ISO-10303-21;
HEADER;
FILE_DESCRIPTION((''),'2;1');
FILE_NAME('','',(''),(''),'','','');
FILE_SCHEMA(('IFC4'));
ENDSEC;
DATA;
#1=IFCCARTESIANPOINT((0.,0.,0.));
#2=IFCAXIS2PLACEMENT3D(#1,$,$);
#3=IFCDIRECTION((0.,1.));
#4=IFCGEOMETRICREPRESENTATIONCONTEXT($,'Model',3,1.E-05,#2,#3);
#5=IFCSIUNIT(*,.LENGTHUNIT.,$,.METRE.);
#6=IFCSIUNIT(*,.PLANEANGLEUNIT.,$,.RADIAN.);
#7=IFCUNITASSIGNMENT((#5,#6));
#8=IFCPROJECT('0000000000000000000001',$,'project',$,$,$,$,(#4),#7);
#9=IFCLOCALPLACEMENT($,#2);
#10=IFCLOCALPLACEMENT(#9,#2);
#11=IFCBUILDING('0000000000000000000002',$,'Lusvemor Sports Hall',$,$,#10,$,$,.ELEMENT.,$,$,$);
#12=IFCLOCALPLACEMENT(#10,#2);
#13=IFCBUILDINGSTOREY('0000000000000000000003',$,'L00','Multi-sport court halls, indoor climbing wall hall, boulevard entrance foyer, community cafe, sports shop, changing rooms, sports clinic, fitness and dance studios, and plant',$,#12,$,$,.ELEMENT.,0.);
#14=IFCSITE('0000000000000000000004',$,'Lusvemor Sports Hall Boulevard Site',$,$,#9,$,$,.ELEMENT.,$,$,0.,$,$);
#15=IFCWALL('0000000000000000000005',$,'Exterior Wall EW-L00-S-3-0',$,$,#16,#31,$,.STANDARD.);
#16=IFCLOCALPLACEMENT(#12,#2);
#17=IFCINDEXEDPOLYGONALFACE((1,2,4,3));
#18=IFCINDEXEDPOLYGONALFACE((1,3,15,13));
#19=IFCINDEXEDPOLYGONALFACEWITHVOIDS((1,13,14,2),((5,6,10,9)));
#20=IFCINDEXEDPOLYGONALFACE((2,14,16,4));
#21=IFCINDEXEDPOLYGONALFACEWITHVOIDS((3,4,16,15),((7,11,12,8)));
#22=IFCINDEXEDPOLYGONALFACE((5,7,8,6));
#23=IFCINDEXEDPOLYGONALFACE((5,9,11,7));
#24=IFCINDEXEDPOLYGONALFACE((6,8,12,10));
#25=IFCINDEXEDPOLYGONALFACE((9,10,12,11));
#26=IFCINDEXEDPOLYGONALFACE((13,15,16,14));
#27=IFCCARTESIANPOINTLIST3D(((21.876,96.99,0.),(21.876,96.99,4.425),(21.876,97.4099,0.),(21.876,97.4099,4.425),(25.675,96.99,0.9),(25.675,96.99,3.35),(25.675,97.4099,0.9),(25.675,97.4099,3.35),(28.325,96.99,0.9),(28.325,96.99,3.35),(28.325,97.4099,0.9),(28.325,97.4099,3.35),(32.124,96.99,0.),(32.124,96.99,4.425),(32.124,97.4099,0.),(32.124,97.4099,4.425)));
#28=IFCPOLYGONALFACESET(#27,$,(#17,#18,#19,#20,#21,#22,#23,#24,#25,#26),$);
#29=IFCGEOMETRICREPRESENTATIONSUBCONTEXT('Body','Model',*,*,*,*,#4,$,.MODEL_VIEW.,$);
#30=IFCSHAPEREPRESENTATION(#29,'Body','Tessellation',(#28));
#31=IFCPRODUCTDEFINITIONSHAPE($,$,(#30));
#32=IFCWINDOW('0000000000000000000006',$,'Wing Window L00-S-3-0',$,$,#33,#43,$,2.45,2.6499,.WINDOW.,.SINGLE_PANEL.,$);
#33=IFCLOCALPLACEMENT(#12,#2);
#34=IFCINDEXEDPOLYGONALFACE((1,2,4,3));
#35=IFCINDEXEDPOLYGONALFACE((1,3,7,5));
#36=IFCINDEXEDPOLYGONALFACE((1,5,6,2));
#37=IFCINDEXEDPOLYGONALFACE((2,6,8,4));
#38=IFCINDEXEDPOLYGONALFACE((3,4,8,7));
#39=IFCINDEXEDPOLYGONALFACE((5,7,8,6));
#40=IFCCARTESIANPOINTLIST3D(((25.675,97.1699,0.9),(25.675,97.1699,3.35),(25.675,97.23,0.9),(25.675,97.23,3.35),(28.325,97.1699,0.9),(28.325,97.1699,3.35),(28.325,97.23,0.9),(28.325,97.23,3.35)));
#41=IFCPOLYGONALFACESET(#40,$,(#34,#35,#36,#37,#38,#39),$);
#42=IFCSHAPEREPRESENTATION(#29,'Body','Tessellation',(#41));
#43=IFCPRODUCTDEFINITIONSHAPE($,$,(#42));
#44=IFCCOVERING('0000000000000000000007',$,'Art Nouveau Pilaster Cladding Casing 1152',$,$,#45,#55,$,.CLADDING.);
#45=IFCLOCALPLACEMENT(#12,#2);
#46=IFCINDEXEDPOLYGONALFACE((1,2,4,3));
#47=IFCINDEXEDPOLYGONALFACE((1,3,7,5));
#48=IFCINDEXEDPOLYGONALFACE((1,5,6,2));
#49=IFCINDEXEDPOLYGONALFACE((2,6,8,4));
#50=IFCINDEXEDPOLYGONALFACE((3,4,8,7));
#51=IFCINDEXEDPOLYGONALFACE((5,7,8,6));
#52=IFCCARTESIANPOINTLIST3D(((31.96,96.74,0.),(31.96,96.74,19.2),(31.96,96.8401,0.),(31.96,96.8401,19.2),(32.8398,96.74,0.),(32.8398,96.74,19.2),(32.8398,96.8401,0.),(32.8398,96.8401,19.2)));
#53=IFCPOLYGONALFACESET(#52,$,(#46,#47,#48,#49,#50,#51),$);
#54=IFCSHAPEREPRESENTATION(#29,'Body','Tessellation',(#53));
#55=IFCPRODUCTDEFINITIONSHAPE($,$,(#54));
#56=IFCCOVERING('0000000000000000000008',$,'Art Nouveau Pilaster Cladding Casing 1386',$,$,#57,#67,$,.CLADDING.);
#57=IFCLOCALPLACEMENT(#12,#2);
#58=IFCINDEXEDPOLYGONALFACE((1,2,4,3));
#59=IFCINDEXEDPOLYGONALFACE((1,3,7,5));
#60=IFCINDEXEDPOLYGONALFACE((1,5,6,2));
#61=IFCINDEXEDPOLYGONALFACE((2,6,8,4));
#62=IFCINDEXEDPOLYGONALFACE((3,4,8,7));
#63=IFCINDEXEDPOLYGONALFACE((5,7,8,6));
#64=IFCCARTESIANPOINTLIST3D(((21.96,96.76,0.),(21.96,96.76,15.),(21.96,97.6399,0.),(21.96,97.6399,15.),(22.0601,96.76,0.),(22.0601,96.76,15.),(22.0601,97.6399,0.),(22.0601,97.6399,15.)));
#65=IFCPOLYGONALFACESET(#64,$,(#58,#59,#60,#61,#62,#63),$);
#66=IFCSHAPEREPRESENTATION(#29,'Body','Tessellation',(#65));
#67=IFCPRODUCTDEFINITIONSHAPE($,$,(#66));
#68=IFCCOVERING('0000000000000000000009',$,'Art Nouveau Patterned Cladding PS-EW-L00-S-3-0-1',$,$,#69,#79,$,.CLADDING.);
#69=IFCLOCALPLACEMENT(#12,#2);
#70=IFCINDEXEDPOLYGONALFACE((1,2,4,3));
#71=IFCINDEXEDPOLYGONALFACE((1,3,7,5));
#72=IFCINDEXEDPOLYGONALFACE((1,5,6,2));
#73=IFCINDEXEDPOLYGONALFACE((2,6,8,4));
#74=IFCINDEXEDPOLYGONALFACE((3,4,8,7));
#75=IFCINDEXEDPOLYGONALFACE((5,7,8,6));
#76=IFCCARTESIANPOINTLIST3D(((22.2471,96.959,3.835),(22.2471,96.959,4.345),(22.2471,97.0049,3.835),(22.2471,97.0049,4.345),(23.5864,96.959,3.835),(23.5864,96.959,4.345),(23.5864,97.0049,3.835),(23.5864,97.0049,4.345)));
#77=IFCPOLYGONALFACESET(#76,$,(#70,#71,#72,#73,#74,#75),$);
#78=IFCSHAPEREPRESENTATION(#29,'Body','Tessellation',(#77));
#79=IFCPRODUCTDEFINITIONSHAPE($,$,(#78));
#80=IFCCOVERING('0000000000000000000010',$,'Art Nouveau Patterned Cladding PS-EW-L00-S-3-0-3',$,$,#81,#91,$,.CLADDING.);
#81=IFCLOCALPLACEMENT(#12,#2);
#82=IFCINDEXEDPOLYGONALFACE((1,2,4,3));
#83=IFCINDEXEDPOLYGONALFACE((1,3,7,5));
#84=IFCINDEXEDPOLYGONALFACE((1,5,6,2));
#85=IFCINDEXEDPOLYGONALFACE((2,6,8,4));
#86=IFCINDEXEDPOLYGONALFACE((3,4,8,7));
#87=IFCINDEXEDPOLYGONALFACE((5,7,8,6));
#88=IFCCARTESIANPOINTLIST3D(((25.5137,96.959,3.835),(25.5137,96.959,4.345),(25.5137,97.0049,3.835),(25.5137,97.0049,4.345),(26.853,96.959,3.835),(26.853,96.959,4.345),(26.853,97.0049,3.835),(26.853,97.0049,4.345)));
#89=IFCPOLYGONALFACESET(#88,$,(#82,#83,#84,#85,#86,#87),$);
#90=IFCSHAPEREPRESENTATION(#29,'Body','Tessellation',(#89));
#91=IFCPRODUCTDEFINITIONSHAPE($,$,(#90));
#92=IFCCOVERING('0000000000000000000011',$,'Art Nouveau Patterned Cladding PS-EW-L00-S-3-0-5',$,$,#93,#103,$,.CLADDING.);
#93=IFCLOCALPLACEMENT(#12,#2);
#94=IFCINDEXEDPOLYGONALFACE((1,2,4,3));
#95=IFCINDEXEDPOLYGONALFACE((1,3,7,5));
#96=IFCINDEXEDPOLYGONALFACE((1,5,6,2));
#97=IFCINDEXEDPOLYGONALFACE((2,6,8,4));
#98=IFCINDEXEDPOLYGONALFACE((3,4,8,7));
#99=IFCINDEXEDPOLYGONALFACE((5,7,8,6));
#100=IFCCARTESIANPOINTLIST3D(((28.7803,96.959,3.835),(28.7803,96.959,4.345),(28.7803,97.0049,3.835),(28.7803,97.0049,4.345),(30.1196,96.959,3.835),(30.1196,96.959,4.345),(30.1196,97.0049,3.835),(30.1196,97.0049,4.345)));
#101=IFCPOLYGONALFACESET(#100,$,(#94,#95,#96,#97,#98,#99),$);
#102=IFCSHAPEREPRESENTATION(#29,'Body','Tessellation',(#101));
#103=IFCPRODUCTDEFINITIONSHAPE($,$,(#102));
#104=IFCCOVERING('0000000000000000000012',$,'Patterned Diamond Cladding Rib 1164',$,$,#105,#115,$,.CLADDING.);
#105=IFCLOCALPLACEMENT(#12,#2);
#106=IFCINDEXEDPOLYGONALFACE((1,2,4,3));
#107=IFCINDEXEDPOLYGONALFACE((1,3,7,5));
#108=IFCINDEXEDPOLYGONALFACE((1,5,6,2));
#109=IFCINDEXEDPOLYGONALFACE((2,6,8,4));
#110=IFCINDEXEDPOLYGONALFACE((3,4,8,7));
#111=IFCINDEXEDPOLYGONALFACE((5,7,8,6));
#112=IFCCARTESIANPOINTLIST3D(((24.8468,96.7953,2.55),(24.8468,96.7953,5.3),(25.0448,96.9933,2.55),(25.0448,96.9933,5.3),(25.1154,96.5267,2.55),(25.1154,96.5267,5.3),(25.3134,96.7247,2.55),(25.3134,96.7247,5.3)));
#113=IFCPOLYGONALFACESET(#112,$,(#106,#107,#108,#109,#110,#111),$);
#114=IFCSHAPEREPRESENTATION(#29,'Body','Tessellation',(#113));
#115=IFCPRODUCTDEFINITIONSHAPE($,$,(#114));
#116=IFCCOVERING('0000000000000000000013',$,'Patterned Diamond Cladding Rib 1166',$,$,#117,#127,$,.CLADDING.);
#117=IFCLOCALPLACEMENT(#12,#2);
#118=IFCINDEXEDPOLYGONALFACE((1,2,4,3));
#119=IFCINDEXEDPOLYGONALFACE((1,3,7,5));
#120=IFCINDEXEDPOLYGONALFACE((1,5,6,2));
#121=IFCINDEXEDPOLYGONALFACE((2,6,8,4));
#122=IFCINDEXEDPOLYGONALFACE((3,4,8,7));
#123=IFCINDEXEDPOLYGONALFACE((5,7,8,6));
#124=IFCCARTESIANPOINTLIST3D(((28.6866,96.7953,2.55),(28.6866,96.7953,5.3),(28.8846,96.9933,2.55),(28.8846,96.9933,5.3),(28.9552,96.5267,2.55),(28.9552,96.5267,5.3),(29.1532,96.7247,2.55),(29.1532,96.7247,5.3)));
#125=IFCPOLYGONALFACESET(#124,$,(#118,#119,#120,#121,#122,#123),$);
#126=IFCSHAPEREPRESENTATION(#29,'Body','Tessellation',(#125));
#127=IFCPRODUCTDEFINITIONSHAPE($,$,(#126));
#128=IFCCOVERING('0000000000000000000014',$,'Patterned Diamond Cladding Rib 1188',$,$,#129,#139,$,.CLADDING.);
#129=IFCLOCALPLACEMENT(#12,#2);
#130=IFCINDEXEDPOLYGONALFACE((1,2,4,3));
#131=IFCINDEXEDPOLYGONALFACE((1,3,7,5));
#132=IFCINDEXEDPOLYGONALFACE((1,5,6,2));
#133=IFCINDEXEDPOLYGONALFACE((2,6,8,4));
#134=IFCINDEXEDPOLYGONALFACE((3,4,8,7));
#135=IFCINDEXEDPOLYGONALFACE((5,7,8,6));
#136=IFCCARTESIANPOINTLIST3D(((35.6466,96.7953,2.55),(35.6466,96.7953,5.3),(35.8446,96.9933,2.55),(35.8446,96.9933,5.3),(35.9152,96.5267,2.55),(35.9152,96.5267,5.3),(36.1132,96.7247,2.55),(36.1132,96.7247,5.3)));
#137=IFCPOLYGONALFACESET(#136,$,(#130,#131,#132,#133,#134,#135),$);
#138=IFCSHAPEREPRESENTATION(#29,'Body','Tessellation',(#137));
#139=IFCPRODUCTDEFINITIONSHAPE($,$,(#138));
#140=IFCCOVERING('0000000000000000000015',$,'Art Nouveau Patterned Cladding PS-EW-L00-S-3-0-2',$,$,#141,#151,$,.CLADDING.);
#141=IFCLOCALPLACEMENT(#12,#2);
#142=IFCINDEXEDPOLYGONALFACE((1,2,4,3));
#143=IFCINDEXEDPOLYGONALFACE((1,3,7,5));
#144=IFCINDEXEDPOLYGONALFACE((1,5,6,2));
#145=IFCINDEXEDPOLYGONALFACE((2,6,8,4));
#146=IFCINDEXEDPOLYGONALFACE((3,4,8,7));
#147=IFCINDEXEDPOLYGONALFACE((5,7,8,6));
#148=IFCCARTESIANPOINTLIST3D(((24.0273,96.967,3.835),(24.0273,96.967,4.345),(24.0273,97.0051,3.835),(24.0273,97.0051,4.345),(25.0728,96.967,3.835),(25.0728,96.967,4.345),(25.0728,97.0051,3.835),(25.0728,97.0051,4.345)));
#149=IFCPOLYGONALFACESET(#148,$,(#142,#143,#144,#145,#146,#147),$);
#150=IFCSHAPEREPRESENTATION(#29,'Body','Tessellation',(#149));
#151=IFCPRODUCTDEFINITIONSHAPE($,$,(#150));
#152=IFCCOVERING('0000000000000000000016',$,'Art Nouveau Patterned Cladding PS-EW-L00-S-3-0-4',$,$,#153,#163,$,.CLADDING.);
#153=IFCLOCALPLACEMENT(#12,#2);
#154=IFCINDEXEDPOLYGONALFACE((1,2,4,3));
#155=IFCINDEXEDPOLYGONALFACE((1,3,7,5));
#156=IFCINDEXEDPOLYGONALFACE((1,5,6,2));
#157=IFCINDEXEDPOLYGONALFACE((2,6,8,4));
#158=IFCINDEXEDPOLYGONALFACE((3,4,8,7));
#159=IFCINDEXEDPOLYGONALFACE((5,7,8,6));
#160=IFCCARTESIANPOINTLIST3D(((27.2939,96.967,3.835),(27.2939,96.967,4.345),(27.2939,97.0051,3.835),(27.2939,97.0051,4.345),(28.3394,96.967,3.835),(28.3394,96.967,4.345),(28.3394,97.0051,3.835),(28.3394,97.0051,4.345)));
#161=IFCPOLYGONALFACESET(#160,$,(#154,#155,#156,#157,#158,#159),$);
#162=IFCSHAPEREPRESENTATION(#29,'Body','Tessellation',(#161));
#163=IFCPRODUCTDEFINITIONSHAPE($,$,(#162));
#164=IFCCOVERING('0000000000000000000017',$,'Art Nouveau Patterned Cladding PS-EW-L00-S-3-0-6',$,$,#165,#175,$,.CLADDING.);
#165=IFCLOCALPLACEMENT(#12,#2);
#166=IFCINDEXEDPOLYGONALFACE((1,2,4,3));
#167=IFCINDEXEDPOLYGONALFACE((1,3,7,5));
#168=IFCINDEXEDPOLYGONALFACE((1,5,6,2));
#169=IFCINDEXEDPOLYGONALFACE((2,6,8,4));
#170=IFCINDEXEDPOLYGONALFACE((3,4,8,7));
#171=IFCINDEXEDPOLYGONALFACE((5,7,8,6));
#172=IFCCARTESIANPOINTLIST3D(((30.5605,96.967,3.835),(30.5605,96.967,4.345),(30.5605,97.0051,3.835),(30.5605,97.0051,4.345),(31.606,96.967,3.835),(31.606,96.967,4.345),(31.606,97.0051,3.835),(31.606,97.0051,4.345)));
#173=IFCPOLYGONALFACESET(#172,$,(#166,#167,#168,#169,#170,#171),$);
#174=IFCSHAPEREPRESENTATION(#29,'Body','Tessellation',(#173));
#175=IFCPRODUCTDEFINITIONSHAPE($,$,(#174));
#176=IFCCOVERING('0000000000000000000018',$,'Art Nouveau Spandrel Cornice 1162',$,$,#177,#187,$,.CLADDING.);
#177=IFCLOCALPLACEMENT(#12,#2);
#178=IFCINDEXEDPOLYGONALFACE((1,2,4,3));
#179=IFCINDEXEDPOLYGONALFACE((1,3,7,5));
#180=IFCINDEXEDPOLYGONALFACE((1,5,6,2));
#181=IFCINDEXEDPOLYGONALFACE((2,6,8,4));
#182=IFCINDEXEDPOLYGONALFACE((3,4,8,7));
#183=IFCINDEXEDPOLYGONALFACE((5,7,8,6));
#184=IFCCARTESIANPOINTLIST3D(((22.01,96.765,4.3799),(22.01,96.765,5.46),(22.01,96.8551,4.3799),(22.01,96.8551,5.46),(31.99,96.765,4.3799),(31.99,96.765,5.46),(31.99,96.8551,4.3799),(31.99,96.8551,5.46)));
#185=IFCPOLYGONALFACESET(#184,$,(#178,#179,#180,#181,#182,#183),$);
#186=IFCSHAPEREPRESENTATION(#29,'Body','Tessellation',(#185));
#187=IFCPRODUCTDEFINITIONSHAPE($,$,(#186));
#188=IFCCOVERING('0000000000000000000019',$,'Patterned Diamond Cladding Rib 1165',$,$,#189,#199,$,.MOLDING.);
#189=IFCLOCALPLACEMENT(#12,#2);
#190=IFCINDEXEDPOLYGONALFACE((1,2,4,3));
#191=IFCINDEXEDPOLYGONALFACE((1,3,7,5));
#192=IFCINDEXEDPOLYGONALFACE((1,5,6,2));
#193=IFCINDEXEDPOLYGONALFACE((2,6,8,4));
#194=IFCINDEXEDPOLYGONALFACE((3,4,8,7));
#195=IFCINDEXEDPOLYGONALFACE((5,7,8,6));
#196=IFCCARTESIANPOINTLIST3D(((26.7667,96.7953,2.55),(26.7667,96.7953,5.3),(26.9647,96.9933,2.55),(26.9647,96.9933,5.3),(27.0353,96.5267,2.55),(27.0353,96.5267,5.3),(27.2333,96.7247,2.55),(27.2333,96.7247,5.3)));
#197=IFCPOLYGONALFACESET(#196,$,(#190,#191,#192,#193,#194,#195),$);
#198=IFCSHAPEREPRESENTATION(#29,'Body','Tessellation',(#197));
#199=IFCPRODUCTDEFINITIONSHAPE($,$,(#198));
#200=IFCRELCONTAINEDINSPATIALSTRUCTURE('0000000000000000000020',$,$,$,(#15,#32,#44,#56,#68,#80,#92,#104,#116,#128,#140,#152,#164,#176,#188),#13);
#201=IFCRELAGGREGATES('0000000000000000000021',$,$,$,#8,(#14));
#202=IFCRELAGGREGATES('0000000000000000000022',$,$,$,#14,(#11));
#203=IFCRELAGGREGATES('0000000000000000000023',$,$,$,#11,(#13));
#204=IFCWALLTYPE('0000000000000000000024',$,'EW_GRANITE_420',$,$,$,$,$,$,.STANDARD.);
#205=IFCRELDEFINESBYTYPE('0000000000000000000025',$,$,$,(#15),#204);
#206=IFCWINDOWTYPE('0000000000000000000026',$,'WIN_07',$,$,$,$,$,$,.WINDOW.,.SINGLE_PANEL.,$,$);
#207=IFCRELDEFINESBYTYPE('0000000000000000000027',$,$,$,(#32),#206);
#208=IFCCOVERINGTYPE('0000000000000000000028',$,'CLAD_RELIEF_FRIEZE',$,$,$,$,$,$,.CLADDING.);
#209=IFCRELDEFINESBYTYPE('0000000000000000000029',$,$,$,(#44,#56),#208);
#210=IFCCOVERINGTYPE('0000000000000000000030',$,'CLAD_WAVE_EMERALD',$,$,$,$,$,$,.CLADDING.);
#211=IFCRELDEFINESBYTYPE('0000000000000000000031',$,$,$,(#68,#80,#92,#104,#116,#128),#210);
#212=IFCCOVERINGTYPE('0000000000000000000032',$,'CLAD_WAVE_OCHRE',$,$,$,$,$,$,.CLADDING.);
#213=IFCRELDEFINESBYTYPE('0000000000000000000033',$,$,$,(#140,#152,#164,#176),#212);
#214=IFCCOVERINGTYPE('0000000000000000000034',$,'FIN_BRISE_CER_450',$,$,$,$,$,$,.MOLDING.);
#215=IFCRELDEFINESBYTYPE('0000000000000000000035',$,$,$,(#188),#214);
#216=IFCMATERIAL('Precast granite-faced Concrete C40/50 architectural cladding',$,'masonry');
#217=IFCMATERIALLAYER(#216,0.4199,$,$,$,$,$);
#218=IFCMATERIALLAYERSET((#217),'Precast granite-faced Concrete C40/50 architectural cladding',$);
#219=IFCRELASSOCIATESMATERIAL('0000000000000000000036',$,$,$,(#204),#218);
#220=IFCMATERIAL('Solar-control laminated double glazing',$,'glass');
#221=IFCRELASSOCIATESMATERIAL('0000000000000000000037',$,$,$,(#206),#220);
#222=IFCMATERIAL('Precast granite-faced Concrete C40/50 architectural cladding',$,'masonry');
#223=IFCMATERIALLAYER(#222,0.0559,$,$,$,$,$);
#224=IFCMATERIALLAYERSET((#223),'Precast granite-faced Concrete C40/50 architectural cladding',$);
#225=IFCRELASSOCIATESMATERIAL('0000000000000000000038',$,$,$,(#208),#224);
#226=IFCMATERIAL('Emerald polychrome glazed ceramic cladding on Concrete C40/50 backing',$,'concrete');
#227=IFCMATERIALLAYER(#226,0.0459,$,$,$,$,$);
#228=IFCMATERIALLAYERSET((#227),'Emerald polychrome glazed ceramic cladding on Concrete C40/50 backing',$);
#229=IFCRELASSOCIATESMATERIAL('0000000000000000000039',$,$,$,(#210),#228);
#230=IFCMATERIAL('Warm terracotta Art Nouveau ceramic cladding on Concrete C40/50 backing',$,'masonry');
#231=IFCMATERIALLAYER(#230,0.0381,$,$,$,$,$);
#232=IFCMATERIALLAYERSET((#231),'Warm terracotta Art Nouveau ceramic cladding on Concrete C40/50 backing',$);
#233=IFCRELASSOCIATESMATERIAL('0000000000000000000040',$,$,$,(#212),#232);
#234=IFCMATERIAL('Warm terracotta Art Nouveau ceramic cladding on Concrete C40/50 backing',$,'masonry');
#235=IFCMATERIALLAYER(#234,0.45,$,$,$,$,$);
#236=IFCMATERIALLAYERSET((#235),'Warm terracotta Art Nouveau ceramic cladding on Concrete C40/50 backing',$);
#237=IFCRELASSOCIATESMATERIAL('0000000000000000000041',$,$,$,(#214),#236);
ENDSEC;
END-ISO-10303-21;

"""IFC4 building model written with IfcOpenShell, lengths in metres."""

from ifc_helpers import new_model, si_unit, direction, frame, frame_2d, origin, origin_2d, place, context, subcontext, project, spatial, rectangle, extrude, material, layer, layer_set, type_object, element, fill, save


model = new_model("IFC4")

# Units and contexts
model_context = context("Model", 3, precision=1e-05, world=origin(), true_north=direction((0.0, 1.0)))
body_context = subcontext(model_context, "Body", "Model", "MODEL_VIEW")
ifc_project = project(units=[si_unit("LENGTHUNIT", "METRE"), si_unit("PLANEANGLEUNIT", "RADIAN")], contexts=[model_context])

# Site, building, storey
site_placement = place(None, origin())
site = spatial("IfcSite", under=ifc_project, at=site_placement, Name="Lusvemor Sports Hall Boulevard Site", CompositionType="ELEMENT", RefElevation=0.0)
building_placement = place(site_placement, origin())
building = spatial("IfcBuilding", under=site, at=building_placement, Name="Lusvemor Sports Hall", CompositionType="ELEMENT")
storey_placement = place(building_placement, origin())
storey = spatial("IfcBuildingStorey", under=building, at=storey_placement, Name="L00", Description="Multi-sport court halls, indoor climbing wall hall, boulevard entrance foyer, community cafe, sports shop, changing rooms, sports clinic, fitness and dance studios, and plant", CompositionType="ELEMENT", Elevation=0.0)

# Wall, opening, window
ifc_material_1 = material(Name="Precast granite-faced Concrete C40/50 architectural cladding", Category="masonry")
ifc_layer_1 = layer(ifc_material_1, 0.4199)
ifc_layer_set_1 = layer_set([ifc_layer_1], Name="Precast granite-faced Concrete C40/50 architectural cladding")
wall_type = type_object("IfcWallType", Name="EW_GRANITE_420", PredefinedType="STANDARD", material=ifc_layer_set_1)
wall_placement = place(storey_placement, frame((32.124, 97.2, 0.0), z_axis=(0.0, 0.0, 1.0), x_axis=(-1.0, 0.0, 0.0)))
wall = element("IfcWall", 1, at=wall_placement, inside=storey, type_object=wall_type, Name="Exterior Wall EW-L00-S-3-0", PredefinedType="STANDARD", context=body_context, shape_type="SweptSolid", body=[
    extrude(rectangle(XDim=10.248, YDim=0.4199, at=frame_2d((5.124, 0.0))), origin(), (0.0, 0.0, 1.0), 4.425),
])
opening_placement = place(wall_placement, frame((3.7991, 0.0, 0.8999)))
opening = element("IfcOpeningElement", 2, at=opening_placement, cuts=wall, PredefinedType="OPENING", context=body_context, shape_type="SweptSolid", body=[
    extrude(rectangle(XDim=2.6499, YDim=2.45, at=frame_2d((1.325, 1.2251))), frame((0.0, 0.21, 0.0), z_axis=(0.0, -1.0, 0.0), x_axis=(1.0, 0.0, 0.0)), (0.0, 0.0, 1.0), 0.4199),
])
ifc_material_2 = material(Name="Solar-control laminated double glazing", Category="glass")
window_type = type_object("IfcWindowType", Name="WIN_07", PartitioningType="SINGLE_PANEL", PredefinedType="WINDOW", material=ifc_material_2)
window_placement = place(opening_placement, origin())
window = element("IfcWindow", 3, at=window_placement, inside=storey, type_object=window_type, Name="Wing Window L00-S-3-0", OverallHeight=2.45, OverallWidth=2.6499, PartitioningType="SINGLE_PANEL", PredefinedType="WINDOW", context=body_context, shape_type="SweptSolid", body=[
    extrude(rectangle(XDim=2.6499, YDim=2.45, at=frame_2d((1.325, 1.2251))), frame((0.0, 0.03, 0.0), z_axis=(0.0, -1.0, 0.0), x_axis=(1.0, 0.0, 0.0)), (0.0, 0.0, 1.0), 0.0601),
])
fill(opening, window)

# Coverings
ifc_material_3 = material(Name="Precast granite-faced Concrete C40/50 architectural cladding", Category="masonry")
ifc_layer_2 = layer(ifc_material_3, 0.0559)
ifc_layer_set_2 = layer_set([ifc_layer_2], Name="Precast granite-faced Concrete C40/50 architectural cladding")
covering_type_1 = type_object("IfcCoveringType", Name="CLAD_RELIEF_FRIEZE", PredefinedType="CLADDING", material=ifc_layer_set_2)
covering_1_placement = place(storey_placement, frame((32.3999, 96.79, 0.0), z_axis=(0.0, 0.0, 1.0), x_axis=(1.0, 0.0, 0.0)))
element("IfcCovering", 4, at=covering_1_placement, inside=storey, type_object=covering_type_1, Name="Art Nouveau Pilaster Cladding Casing 1152", PredefinedType="CLADDING", context=body_context, shape_type="SweptSolid", body=[
    extrude(rectangle(XDim=0.8799, YDim=0.1001, at=origin_2d()), origin(), (0.0, 0.0, 1.0), 19.2),
])
covering_2_placement = place(storey_placement, frame((22.01, 97.2, 0.0), z_axis=(0.0, 0.0, 1.0), x_axis=(1.0, 0.0, 0.0)))
element("IfcCovering", 5, at=covering_2_placement, inside=storey, type_object=covering_type_1, Name="Art Nouveau Pilaster Cladding Casing 1386", PredefinedType="CLADDING", context=body_context, shape_type="SweptSolid", body=[
    extrude(rectangle(XDim=0.1001, YDim=0.8799, at=origin_2d()), origin(), (0.0, 0.0, 1.0), 15.0),
])
ifc_material_4 = material(Name="Emerald polychrome glazed ceramic cladding on Concrete C40/50 backing", Category="concrete")
ifc_layer_3 = layer(ifc_material_4, 0.0459)
ifc_layer_set_3 = layer_set([ifc_layer_3], Name="Emerald polychrome glazed ceramic cladding on Concrete C40/50 backing")
covering_type_2 = type_object("IfcCoveringType", Name="CLAD_WAVE_EMERALD", PredefinedType="CLADDING", material=ifc_layer_set_3)
for number, where, z_axis, x_axis, name in (
    (6, (22.9167, 96.9819, 3.835), (0.0, 0.0, 1.0), (1.0, 0.0, 0.0), "Art Nouveau Patterned Cladding PS-EW-L00-S-3-0-1"),
    (7, (26.1833, 96.9819, 3.835), (0.0, 0.0, 1.0), (1.0, 0.0, 0.0), "Art Nouveau Patterned Cladding PS-EW-L00-S-3-0-3"),
    (8, (29.45, 96.9819, 3.835), (0.0, 0.0, 1.0), (1.0, 0.0, 0.0), "Art Nouveau Patterned Cladding PS-EW-L00-S-3-0-5"),
):
    element("IfcCovering", number, at=place(storey_placement, frame(where, z_axis=z_axis, x_axis=x_axis)), inside=storey, type_object=covering_type_2, Name=name, PredefinedType="CLADDING", context=body_context, shape_type="SweptSolid", body=[
        extrude(rectangle(XDim=1.3394, YDim=0.0459, at=origin_2d()), origin(), (0.0, 0.0, 1.0), 0.51),
    ])
for number, where, z_axis, x_axis, name in (
    (9, (25.0801, 96.76, 2.55), (0.0, 0.0, 1.0), (0.707107, 0.707107, 0.0), "Patterned Diamond Cladding Rib 1164"),
    (10, (28.9199, 96.76, 2.55), (0.0, 0.0, 1.0), (0.707107, 0.707107, 0.0), "Patterned Diamond Cladding Rib 1166"),
    (11, (35.8799, 96.76, 2.55), (0.0, 0.0, 1.0), (0.707107, 0.707107, 0.0), "Patterned Diamond Cladding Rib 1188"),
):
    element("IfcCovering", number, at=place(storey_placement, frame(where, z_axis=z_axis, x_axis=x_axis)), inside=storey, type_object=covering_type_2, Name=name, PredefinedType="CLADDING", context=body_context, shape_type="SweptSolid", body=[
        extrude(rectangle(XDim=0.28, YDim=0.3799, at=origin_2d()), origin(), (0.0, 0.0, 1.0), 2.75),
    ])
ifc_material_5 = material(Name="Warm terracotta Art Nouveau ceramic cladding on Concrete C40/50 backing", Category="masonry")
ifc_layer_4 = layer(ifc_material_5, 0.0381)
ifc_layer_set_4 = layer_set([ifc_layer_4], Name="Warm terracotta Art Nouveau ceramic cladding on Concrete C40/50 backing")
covering_type_3 = type_object("IfcCoveringType", Name="CLAD_WAVE_OCHRE", PredefinedType="CLADDING", material=ifc_layer_set_4)
for number, where, z_axis, x_axis, name in (
    (12, (24.55, 96.9861, 3.835), (0.0, 0.0, 1.0), (1.0, 0.0, 0.0), "Art Nouveau Patterned Cladding PS-EW-L00-S-3-0-2"),
    (13, (27.8167, 96.9861, 3.835), (0.0, 0.0, 1.0), (1.0, 0.0, 0.0), "Art Nouveau Patterned Cladding PS-EW-L00-S-3-0-4"),
    (14, (31.0833, 96.9861, 3.835), (0.0, 0.0, 1.0), (1.0, 0.0, 0.0), "Art Nouveau Patterned Cladding PS-EW-L00-S-3-0-6"),
):
    element("IfcCovering", number, at=place(storey_placement, frame(where, z_axis=z_axis, x_axis=x_axis)), inside=storey, type_object=covering_type_3, Name=name, PredefinedType="CLADDING", context=body_context, shape_type="SweptSolid", body=[
        extrude(rectangle(XDim=1.0454, YDim=0.0381, at=origin_2d()), origin(), (0.0, 0.0, 1.0), 0.51),
    ])
covering_3_placement = place(storey_placement, frame((27.0, 96.8101, 4.3799), z_axis=(0.0, 0.0, 1.0), x_axis=(1.0, 0.0, 0.0)))
element("IfcCovering", 15, at=covering_3_placement, inside=storey, type_object=covering_type_3, Name="Art Nouveau Spandrel Cornice 1162", PredefinedType="CLADDING", context=body_context, shape_type="SweptSolid", body=[
    extrude(rectangle(XDim=9.98, YDim=0.0901, at=origin_2d()), origin(), (0.0, 0.0, 1.0), 1.0801),
])
ifc_material_6 = material(Name="Warm terracotta Art Nouveau ceramic cladding on Concrete C40/50 backing", Category="masonry")
ifc_layer_5 = layer(ifc_material_6, 0.45)
ifc_layer_set_5 = layer_set([ifc_layer_5], Name="Warm terracotta Art Nouveau ceramic cladding on Concrete C40/50 backing")
covering_type_4 = type_object("IfcCoveringType", Name="FIN_BRISE_CER_450", PredefinedType="MOLDING", material=ifc_layer_set_5)
for number, where, z_axis, x_axis, name in (
    (16, (27.0, 96.76, 2.55), (0.0, 0.0, 1.0), (0.707107, 0.707107, 0.0), "Patterned Diamond Cladding Rib 1165"),
):
    element("IfcCovering", number, at=place(storey_placement, frame(where, z_axis=z_axis, x_axis=x_axis)), inside=storey, type_object=covering_type_4, Name=name, PredefinedType="MOLDING", context=body_context, shape_type="SweptSolid", body=[
        extrude(rectangle(XDim=0.28, YDim=0.3799, at=origin_2d()), origin(), (0.0, 0.0, 1.0), 2.75),
    ])

save(model, "model.ifc")
